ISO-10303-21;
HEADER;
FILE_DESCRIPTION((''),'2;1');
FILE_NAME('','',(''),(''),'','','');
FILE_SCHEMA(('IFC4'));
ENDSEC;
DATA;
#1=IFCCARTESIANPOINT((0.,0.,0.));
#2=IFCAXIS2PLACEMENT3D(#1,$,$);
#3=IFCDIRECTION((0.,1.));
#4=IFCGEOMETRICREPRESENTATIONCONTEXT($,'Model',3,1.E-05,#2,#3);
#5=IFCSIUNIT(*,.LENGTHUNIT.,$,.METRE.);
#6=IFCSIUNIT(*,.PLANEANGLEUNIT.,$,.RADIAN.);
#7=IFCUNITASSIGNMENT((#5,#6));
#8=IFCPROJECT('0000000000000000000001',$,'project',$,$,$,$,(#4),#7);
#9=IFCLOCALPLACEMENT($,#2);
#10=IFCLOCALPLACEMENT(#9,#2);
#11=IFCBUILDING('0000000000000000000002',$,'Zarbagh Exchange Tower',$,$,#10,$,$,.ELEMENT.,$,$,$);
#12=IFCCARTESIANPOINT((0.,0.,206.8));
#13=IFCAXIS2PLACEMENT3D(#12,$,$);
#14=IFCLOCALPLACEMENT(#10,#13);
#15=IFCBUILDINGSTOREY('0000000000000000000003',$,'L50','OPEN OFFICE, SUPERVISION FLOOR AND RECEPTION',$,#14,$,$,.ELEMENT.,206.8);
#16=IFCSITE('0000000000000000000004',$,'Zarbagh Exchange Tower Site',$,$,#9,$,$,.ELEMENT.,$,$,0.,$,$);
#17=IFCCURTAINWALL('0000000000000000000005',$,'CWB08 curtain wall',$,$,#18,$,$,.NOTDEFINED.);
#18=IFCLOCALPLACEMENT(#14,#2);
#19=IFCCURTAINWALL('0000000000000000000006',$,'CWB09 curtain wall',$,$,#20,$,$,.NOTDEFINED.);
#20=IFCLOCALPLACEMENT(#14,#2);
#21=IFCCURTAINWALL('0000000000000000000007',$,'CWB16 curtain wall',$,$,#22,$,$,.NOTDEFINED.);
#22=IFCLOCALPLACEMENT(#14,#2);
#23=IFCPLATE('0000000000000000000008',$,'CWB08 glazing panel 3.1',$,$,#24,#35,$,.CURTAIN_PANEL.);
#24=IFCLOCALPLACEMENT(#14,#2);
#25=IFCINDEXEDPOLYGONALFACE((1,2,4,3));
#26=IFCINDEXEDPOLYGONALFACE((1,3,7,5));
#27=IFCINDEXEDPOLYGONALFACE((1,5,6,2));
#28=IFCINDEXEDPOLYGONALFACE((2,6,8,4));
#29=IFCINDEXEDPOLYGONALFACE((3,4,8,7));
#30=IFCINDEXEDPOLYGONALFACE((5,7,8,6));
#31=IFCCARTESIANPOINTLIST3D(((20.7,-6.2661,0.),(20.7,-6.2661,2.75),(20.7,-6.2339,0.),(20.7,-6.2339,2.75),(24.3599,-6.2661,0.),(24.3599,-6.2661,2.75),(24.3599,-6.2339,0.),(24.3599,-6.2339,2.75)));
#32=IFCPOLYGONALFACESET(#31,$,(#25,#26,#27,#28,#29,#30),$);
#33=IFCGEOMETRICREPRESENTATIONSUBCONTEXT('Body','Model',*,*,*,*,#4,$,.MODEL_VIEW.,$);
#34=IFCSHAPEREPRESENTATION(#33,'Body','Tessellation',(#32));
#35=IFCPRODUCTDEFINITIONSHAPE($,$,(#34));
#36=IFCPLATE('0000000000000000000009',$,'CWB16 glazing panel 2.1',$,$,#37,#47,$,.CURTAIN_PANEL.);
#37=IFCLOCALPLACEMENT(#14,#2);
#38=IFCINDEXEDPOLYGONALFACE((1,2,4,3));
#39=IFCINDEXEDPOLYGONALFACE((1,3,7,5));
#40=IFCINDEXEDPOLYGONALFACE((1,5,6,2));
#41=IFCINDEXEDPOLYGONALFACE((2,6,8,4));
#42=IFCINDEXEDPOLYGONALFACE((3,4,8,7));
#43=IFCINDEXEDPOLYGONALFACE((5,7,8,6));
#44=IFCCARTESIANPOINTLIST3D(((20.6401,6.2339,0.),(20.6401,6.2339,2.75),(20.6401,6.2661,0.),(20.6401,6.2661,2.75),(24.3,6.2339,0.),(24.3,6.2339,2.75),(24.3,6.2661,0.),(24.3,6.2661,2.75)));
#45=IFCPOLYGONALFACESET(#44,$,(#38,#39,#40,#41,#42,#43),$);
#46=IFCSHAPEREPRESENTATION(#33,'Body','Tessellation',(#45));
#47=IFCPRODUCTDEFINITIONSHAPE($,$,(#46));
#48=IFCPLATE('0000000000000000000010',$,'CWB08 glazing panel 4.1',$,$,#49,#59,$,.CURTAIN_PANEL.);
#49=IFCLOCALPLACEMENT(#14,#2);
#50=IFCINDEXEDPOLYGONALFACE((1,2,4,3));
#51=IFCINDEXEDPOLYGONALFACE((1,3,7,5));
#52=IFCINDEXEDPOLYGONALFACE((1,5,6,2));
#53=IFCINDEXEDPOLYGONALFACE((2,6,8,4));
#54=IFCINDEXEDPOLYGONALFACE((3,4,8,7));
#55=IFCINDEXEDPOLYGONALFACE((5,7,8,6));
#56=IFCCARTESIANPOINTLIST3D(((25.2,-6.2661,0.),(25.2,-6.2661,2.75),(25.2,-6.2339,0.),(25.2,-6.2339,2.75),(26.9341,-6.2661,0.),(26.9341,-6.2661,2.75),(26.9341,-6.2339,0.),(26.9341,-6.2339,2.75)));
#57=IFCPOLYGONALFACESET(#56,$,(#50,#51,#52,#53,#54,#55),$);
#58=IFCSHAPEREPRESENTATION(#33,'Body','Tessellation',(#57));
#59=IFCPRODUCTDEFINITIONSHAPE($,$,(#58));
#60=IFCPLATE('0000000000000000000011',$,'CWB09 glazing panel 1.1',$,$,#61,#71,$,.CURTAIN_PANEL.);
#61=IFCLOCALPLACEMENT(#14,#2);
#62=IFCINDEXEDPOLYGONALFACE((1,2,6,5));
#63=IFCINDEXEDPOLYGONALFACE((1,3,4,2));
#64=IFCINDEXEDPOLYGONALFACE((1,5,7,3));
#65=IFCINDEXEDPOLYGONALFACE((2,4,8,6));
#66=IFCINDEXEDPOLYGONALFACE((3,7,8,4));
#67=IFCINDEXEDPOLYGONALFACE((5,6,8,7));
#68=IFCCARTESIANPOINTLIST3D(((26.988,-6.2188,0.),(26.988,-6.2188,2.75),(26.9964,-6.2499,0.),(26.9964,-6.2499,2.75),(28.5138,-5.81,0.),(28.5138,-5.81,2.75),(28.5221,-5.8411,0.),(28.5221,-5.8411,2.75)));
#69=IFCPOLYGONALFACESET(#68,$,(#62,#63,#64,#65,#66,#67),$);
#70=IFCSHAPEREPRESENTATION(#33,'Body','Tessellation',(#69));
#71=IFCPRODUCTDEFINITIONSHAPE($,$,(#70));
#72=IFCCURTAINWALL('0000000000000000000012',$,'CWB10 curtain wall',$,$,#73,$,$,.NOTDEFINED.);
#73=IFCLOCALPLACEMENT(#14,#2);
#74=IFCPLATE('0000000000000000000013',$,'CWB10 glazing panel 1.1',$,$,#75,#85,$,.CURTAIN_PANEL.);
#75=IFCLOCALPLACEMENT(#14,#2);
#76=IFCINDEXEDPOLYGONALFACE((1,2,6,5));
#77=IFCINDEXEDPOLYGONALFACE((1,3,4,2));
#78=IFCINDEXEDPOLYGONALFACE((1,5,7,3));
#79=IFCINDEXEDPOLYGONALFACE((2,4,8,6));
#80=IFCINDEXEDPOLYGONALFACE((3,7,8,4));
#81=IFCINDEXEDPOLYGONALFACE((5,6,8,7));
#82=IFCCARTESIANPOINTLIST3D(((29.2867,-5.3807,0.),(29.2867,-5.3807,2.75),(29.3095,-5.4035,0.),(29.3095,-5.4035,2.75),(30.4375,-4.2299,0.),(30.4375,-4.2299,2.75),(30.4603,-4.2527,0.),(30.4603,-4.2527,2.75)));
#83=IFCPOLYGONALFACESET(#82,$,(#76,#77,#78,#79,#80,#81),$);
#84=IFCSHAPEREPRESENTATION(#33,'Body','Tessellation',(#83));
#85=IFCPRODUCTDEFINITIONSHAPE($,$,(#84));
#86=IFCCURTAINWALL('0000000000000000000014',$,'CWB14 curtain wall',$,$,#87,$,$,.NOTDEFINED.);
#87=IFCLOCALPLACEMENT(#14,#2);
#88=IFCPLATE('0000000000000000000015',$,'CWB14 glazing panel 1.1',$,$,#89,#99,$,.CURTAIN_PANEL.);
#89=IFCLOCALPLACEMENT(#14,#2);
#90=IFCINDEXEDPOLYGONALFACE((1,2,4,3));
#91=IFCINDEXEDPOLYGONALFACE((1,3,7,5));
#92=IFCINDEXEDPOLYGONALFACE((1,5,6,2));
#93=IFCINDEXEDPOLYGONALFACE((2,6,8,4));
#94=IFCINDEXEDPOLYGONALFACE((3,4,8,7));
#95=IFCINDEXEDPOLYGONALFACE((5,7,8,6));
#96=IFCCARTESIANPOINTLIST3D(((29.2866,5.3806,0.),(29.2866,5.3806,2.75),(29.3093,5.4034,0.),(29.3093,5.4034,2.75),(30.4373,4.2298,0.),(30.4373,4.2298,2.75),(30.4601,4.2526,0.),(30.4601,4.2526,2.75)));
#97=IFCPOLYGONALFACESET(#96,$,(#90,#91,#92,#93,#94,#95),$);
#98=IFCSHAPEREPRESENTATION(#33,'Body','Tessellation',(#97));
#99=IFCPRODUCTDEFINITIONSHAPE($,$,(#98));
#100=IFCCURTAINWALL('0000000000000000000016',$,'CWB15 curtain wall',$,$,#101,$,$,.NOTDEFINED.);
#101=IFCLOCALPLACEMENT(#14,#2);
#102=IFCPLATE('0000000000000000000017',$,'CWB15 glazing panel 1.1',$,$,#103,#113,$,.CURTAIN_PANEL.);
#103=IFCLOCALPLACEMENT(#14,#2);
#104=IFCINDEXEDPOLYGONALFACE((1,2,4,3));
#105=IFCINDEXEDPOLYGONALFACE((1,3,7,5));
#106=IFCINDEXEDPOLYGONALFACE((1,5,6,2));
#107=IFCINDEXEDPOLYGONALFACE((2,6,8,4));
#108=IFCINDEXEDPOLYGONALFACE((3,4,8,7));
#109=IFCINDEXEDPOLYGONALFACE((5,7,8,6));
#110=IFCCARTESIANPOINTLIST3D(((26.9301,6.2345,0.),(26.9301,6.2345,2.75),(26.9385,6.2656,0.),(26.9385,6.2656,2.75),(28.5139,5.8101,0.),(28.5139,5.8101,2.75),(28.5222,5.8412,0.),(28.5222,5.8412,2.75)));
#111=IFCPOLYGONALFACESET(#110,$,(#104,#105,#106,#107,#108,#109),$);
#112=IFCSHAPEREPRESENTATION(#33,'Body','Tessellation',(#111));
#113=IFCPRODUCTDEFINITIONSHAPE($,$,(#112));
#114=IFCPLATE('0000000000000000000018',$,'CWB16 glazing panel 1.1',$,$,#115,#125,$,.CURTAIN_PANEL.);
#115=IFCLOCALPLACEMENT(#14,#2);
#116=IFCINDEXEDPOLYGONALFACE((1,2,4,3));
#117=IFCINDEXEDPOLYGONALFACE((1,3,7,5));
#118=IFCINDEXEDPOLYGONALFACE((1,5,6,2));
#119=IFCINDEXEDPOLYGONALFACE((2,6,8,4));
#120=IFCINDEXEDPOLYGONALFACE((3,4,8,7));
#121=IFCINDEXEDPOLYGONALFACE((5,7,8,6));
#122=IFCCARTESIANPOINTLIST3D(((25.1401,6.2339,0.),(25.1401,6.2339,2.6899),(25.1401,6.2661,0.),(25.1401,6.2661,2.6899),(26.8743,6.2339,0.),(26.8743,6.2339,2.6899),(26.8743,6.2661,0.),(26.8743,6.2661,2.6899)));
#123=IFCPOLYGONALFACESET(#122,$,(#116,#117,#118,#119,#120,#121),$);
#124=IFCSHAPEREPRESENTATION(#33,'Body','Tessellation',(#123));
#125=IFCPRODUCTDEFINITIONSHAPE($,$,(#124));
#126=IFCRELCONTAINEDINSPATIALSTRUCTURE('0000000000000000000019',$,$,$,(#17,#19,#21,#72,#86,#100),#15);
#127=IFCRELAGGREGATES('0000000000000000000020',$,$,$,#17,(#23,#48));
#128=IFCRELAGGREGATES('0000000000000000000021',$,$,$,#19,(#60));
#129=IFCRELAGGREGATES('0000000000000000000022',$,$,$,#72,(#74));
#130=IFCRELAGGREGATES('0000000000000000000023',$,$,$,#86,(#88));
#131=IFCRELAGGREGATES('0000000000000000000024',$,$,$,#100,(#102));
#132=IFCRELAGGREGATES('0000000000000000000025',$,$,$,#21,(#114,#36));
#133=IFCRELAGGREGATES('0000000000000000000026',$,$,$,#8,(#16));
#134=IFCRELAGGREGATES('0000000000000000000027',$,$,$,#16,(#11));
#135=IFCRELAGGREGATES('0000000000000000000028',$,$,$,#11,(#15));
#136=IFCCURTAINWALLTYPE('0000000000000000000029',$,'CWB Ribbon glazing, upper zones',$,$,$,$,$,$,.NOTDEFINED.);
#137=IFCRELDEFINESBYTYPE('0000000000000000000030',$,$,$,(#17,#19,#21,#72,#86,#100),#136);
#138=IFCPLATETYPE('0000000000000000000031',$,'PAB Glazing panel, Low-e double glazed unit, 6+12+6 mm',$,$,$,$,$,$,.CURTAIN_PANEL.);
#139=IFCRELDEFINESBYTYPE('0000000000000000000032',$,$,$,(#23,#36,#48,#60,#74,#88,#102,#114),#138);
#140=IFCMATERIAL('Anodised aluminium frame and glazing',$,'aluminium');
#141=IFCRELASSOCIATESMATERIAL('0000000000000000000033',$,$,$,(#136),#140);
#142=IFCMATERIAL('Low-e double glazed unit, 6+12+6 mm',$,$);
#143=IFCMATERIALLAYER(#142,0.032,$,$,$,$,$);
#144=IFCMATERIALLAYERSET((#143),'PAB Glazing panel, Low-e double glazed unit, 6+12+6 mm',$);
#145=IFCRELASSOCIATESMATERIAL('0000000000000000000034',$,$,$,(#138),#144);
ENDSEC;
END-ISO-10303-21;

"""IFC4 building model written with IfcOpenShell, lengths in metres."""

from ifc_helpers import new_model, si_unit, direction, frame, origin, place, context, subcontext, project, spatial, polyline, outline, extrude, source, transform, mapped, material, layer, layer_set, type_object, element, aggregate, save


model = new_model("IFC4")

# Units and contexts
model_context = context("Model", 3, precision=1e-05, world=origin(), true_north=direction((0.0, 1.0)))
body_context = subcontext(model_context, "Body", "Model", "MODEL_VIEW")
ifc_project = project(units=[si_unit("LENGTHUNIT", "METRE"), si_unit("PLANEANGLEUNIT", "RADIAN")], contexts=[model_context])

# Site, building, storey
site_placement = place(None, origin())
site = spatial("IfcSite", under=ifc_project, at=site_placement, Name="Zarbagh Exchange Tower Site", CompositionType="ELEMENT", RefElevation=0.0)
building_placement = place(site_placement, origin())
building = spatial("IfcBuilding", under=site, at=building_placement, Name="Zarbagh Exchange Tower", CompositionType="ELEMENT")
storey_placement = place(building_placement, frame((0.0, 0.0, 206.8)))
storey = spatial("IfcBuildingStorey", under=building, at=storey_placement, Name="L50", Description="OPEN OFFICE, SUPERVISION FLOOR AND RECEPTION", CompositionType="ELEMENT", Elevation=206.8)

# Curtain wall
ifc_material_1 = material(Name="Anodised aluminium frame and glazing", Category="aluminium")
curtain_wall_type = type_object("IfcCurtainWallType", Name="CWB Ribbon glazing, upper zones", PredefinedType="NOTDEFINED", material=ifc_material_1)
curtain_wall_1_placement = place(storey_placement, origin())
curtain_wall_1 = element("IfcCurtainWall", 1, at=curtain_wall_1_placement, inside=storey, type_object=curtain_wall_type, Name="CWB08 curtain wall", PredefinedType="NOTDEFINED")
placement = place(storey_placement, origin())

# Curtain wall
curtain_wall_2_placement = place(storey_placement, origin())
curtain_wall_2 = element("IfcCurtainWall", 2, at=curtain_wall_2_placement, inside=storey, type_object=curtain_wall_type, Name="CWB09 curtain wall", PredefinedType="NOTDEFINED")

# Curtain wall
curtain_wall_3_placement = place(storey_placement, origin())
curtain_wall_3 = element("IfcCurtainWall", 3, at=curtain_wall_3_placement, inside=storey, type_object=curtain_wall_type, Name="CWB16 curtain wall", PredefinedType="NOTDEFINED")

# Shared definitions
ifc_material_2 = material(Name="Low-e double glazed unit, 6+12+6 mm")
ifc_layer = layer(ifc_material_2, 0.032)
ifc_layer_set = layer_set([ifc_layer], Name="PAB Glazing panel, Low-e double glazed unit, 6+12+6 mm")
plate_type = type_object("IfcPlateType", Name="PAB Glazing panel, Low-e double glazed unit, 6+12+6 mm", PredefinedType="CURTAIN_PANEL", material=ifc_layer_set)

# Plates
shared_shape_1 = source(origin(), body_context, "Body", "SweptSolid", [
    extrude(outline(polyline([(0.0, -0.0161), (3.6599, -0.0161), (3.6599, 0.0161), (0.0, 0.0161), (0.0, -0.0161)])), origin(), (0.0, 0.0, 1.0), 2.75),
])
plate_1 = element("IfcPlate", 4, at=placement, type_object=plate_type, Name="CWB08 glazing panel 3.1", PredefinedType="CURTAIN_PANEL", context=body_context, shape_type="MappedRepresentation", body=[
    mapped(shared_shape_1, transform((20.7, -6.25, 0.0), x_axis=(1.0, 0.0, 0.0), y_axis=(0.0, 1.0, 0.0), z_axis=(0.0, 0.0, 1.0))),
])
plate_2 = element("IfcPlate", 5, at=placement, type_object=plate_type, Name="CWB16 glazing panel 2.1", PredefinedType="CURTAIN_PANEL", context=body_context, shape_type="MappedRepresentation", body=[
    mapped(shared_shape_1, transform((24.3, 6.25, 0.0), x_axis=(-1.0, 0.0, 0.0), y_axis=(0.0, -1.0, 0.0), z_axis=(0.0, 0.0, 1.0))),
])
shared_shape_2 = source(origin(), body_context, "Body", "SweptSolid", [
    extrude(outline(polyline([(0.0, -0.0161), (1.7341, -0.0161), (1.7341, 0.0161), (0.0, 0.0161), (0.0, -0.0161)])), origin(), (0.0, 0.0, 1.0), 2.75),
])
plate_3 = element("IfcPlate", 6, at=placement, type_object=plate_type, Name="CWB08 glazing panel 4.1", PredefinedType="CURTAIN_PANEL", context=body_context, shape_type="MappedRepresentation", body=[
    mapped(shared_shape_2, transform((25.2, -6.25, 0.0), x_axis=(1.0, 0.0, 0.0), y_axis=(0.0, 1.0, 0.0), z_axis=(0.0, 0.0, 1.0))),
])
aggregate(curtain_wall_1, [plate_1, plate_3])
shared_shape_3 = source(origin(), body_context, "Body", "SweptSolid", [
    extrude(outline(polyline([(0.0, -0.0161), (1.5796, -0.0161), (1.5796, 0.0161), (0.0, 0.0161), (0.0, -0.0161)])), origin(), (0.0, 0.0, 1.0), 2.75),
])
plate_4 = element("IfcPlate", 7, at=placement, type_object=plate_type, Name="CWB09 glazing panel 1.1", PredefinedType="CURTAIN_PANEL", context=body_context, shape_type="MappedRepresentation", body=[
    mapped(shared_shape_3, transform((26.9922, -6.2344, 0.0), x_axis=(0.965924, 0.258825, 0.0), y_axis=(-0.258825, 0.965924, 0.0), z_axis=(0.0, 0.0, 1.0))),
])
aggregate(curtain_wall_2, [plate_4])

# Curtain walls, plates
curtain_wall_4_placement = place(storey_placement, origin())
curtain_wall_4 = element("IfcCurtainWall", 8, at=curtain_wall_4_placement, inside=storey, type_object=curtain_wall_type, Name="CWB10 curtain wall", PredefinedType="NOTDEFINED")
shared_shape_4 = source(origin(), body_context, "Body", "SweptSolid", [
    extrude(outline(polyline([(0.0, -0.0161), (1.6274, -0.0161), (1.6274, 0.0161), (0.0, 0.0161), (0.0, -0.0161)])), origin(), (0.0, 0.0, 1.0), 2.75),
])
plate_5 = element("IfcPlate", 9, at=placement, type_object=plate_type, Name="CWB10 glazing panel 1.1", PredefinedType="CURTAIN_PANEL", context=body_context, shape_type="MappedRepresentation", body=[
    mapped(shared_shape_4, transform((29.2981, -5.3921, 0.0), x_axis=(0.707107, 0.707107, 0.0), y_axis=(-0.707107, 0.707107, 0.0), z_axis=(0.0, 0.0, 1.0))),
])
aggregate(curtain_wall_4, [plate_5])
curtain_wall_5_placement = place(storey_placement, origin())
curtain_wall_5 = element("IfcCurtainWall", 10, at=curtain_wall_5_placement, inside=storey, type_object=curtain_wall_type, Name="CWB14 curtain wall", PredefinedType="NOTDEFINED")
plate_6 = element("IfcPlate", 11, at=placement, type_object=plate_type, Name="CWB14 glazing panel 1.1", PredefinedType="CURTAIN_PANEL", context=body_context, shape_type="MappedRepresentation", body=[
    mapped(shared_shape_4, transform((30.4487, 4.2412, 0.0), x_axis=(-0.707107, 0.707107, 0.0), y_axis=(-0.707107, -0.707107, 0.0), z_axis=(0.0, 0.0, 1.0))),
])
aggregate(curtain_wall_5, [plate_6])
curtain_wall_6_placement = place(storey_placement, origin())
curtain_wall_6 = element("IfcCurtainWall", 12, at=curtain_wall_6_placement, inside=storey, type_object=curtain_wall_type, Name="CWB15 curtain wall", PredefinedType="NOTDEFINED")
shared_shape_5 = source(origin(), body_context, "Body", "SweptSolid", [
    extrude(outline(polyline([(0.0, -0.0161), (1.6396, -0.0161), (1.6396, 0.0161), (0.0, 0.0161), (0.0, -0.0161)])), origin(), (0.0, 0.0, 1.0), 2.75),
])
plate_7 = element("IfcPlate", 13, at=placement, type_object=plate_type, Name="CWB15 glazing panel 1.1", PredefinedType="CURTAIN_PANEL", context=body_context, shape_type="MappedRepresentation", body=[
    mapped(shared_shape_5, transform((28.5181, 5.8257, 0.0), x_axis=(-0.965924, 0.258825, 0.0), y_axis=(-0.258825, -0.965924, 0.0), z_axis=(0.0, 0.0, 1.0))),
])
aggregate(curtain_wall_6, [plate_7])

# Plate
shared_shape_6 = source(origin(), body_context, "Body", "SweptSolid", [
    extrude(outline(polyline([(0.0, -0.0161), (1.7341, -0.0161), (1.7341, 0.0161), (0.0, 0.0161), (0.0, -0.0161)])), origin(), (0.0, 0.0, 1.0), 2.6899),
])
plate_8 = element("IfcPlate", 14, at=placement, type_object=plate_type, Name="CWB16 glazing panel 1.1", PredefinedType="CURTAIN_PANEL", context=body_context, shape_type="MappedRepresentation", body=[
    mapped(shared_shape_6, transform((26.8743, 6.25, 0.0), x_axis=(-1.0, 0.0, 0.0), y_axis=(0.0, -1.0, 0.0), z_axis=(0.0, 0.0, 1.0))),
])
aggregate(curtain_wall_3, [plate_8, plate_2])

save(model, "model.ifc")
